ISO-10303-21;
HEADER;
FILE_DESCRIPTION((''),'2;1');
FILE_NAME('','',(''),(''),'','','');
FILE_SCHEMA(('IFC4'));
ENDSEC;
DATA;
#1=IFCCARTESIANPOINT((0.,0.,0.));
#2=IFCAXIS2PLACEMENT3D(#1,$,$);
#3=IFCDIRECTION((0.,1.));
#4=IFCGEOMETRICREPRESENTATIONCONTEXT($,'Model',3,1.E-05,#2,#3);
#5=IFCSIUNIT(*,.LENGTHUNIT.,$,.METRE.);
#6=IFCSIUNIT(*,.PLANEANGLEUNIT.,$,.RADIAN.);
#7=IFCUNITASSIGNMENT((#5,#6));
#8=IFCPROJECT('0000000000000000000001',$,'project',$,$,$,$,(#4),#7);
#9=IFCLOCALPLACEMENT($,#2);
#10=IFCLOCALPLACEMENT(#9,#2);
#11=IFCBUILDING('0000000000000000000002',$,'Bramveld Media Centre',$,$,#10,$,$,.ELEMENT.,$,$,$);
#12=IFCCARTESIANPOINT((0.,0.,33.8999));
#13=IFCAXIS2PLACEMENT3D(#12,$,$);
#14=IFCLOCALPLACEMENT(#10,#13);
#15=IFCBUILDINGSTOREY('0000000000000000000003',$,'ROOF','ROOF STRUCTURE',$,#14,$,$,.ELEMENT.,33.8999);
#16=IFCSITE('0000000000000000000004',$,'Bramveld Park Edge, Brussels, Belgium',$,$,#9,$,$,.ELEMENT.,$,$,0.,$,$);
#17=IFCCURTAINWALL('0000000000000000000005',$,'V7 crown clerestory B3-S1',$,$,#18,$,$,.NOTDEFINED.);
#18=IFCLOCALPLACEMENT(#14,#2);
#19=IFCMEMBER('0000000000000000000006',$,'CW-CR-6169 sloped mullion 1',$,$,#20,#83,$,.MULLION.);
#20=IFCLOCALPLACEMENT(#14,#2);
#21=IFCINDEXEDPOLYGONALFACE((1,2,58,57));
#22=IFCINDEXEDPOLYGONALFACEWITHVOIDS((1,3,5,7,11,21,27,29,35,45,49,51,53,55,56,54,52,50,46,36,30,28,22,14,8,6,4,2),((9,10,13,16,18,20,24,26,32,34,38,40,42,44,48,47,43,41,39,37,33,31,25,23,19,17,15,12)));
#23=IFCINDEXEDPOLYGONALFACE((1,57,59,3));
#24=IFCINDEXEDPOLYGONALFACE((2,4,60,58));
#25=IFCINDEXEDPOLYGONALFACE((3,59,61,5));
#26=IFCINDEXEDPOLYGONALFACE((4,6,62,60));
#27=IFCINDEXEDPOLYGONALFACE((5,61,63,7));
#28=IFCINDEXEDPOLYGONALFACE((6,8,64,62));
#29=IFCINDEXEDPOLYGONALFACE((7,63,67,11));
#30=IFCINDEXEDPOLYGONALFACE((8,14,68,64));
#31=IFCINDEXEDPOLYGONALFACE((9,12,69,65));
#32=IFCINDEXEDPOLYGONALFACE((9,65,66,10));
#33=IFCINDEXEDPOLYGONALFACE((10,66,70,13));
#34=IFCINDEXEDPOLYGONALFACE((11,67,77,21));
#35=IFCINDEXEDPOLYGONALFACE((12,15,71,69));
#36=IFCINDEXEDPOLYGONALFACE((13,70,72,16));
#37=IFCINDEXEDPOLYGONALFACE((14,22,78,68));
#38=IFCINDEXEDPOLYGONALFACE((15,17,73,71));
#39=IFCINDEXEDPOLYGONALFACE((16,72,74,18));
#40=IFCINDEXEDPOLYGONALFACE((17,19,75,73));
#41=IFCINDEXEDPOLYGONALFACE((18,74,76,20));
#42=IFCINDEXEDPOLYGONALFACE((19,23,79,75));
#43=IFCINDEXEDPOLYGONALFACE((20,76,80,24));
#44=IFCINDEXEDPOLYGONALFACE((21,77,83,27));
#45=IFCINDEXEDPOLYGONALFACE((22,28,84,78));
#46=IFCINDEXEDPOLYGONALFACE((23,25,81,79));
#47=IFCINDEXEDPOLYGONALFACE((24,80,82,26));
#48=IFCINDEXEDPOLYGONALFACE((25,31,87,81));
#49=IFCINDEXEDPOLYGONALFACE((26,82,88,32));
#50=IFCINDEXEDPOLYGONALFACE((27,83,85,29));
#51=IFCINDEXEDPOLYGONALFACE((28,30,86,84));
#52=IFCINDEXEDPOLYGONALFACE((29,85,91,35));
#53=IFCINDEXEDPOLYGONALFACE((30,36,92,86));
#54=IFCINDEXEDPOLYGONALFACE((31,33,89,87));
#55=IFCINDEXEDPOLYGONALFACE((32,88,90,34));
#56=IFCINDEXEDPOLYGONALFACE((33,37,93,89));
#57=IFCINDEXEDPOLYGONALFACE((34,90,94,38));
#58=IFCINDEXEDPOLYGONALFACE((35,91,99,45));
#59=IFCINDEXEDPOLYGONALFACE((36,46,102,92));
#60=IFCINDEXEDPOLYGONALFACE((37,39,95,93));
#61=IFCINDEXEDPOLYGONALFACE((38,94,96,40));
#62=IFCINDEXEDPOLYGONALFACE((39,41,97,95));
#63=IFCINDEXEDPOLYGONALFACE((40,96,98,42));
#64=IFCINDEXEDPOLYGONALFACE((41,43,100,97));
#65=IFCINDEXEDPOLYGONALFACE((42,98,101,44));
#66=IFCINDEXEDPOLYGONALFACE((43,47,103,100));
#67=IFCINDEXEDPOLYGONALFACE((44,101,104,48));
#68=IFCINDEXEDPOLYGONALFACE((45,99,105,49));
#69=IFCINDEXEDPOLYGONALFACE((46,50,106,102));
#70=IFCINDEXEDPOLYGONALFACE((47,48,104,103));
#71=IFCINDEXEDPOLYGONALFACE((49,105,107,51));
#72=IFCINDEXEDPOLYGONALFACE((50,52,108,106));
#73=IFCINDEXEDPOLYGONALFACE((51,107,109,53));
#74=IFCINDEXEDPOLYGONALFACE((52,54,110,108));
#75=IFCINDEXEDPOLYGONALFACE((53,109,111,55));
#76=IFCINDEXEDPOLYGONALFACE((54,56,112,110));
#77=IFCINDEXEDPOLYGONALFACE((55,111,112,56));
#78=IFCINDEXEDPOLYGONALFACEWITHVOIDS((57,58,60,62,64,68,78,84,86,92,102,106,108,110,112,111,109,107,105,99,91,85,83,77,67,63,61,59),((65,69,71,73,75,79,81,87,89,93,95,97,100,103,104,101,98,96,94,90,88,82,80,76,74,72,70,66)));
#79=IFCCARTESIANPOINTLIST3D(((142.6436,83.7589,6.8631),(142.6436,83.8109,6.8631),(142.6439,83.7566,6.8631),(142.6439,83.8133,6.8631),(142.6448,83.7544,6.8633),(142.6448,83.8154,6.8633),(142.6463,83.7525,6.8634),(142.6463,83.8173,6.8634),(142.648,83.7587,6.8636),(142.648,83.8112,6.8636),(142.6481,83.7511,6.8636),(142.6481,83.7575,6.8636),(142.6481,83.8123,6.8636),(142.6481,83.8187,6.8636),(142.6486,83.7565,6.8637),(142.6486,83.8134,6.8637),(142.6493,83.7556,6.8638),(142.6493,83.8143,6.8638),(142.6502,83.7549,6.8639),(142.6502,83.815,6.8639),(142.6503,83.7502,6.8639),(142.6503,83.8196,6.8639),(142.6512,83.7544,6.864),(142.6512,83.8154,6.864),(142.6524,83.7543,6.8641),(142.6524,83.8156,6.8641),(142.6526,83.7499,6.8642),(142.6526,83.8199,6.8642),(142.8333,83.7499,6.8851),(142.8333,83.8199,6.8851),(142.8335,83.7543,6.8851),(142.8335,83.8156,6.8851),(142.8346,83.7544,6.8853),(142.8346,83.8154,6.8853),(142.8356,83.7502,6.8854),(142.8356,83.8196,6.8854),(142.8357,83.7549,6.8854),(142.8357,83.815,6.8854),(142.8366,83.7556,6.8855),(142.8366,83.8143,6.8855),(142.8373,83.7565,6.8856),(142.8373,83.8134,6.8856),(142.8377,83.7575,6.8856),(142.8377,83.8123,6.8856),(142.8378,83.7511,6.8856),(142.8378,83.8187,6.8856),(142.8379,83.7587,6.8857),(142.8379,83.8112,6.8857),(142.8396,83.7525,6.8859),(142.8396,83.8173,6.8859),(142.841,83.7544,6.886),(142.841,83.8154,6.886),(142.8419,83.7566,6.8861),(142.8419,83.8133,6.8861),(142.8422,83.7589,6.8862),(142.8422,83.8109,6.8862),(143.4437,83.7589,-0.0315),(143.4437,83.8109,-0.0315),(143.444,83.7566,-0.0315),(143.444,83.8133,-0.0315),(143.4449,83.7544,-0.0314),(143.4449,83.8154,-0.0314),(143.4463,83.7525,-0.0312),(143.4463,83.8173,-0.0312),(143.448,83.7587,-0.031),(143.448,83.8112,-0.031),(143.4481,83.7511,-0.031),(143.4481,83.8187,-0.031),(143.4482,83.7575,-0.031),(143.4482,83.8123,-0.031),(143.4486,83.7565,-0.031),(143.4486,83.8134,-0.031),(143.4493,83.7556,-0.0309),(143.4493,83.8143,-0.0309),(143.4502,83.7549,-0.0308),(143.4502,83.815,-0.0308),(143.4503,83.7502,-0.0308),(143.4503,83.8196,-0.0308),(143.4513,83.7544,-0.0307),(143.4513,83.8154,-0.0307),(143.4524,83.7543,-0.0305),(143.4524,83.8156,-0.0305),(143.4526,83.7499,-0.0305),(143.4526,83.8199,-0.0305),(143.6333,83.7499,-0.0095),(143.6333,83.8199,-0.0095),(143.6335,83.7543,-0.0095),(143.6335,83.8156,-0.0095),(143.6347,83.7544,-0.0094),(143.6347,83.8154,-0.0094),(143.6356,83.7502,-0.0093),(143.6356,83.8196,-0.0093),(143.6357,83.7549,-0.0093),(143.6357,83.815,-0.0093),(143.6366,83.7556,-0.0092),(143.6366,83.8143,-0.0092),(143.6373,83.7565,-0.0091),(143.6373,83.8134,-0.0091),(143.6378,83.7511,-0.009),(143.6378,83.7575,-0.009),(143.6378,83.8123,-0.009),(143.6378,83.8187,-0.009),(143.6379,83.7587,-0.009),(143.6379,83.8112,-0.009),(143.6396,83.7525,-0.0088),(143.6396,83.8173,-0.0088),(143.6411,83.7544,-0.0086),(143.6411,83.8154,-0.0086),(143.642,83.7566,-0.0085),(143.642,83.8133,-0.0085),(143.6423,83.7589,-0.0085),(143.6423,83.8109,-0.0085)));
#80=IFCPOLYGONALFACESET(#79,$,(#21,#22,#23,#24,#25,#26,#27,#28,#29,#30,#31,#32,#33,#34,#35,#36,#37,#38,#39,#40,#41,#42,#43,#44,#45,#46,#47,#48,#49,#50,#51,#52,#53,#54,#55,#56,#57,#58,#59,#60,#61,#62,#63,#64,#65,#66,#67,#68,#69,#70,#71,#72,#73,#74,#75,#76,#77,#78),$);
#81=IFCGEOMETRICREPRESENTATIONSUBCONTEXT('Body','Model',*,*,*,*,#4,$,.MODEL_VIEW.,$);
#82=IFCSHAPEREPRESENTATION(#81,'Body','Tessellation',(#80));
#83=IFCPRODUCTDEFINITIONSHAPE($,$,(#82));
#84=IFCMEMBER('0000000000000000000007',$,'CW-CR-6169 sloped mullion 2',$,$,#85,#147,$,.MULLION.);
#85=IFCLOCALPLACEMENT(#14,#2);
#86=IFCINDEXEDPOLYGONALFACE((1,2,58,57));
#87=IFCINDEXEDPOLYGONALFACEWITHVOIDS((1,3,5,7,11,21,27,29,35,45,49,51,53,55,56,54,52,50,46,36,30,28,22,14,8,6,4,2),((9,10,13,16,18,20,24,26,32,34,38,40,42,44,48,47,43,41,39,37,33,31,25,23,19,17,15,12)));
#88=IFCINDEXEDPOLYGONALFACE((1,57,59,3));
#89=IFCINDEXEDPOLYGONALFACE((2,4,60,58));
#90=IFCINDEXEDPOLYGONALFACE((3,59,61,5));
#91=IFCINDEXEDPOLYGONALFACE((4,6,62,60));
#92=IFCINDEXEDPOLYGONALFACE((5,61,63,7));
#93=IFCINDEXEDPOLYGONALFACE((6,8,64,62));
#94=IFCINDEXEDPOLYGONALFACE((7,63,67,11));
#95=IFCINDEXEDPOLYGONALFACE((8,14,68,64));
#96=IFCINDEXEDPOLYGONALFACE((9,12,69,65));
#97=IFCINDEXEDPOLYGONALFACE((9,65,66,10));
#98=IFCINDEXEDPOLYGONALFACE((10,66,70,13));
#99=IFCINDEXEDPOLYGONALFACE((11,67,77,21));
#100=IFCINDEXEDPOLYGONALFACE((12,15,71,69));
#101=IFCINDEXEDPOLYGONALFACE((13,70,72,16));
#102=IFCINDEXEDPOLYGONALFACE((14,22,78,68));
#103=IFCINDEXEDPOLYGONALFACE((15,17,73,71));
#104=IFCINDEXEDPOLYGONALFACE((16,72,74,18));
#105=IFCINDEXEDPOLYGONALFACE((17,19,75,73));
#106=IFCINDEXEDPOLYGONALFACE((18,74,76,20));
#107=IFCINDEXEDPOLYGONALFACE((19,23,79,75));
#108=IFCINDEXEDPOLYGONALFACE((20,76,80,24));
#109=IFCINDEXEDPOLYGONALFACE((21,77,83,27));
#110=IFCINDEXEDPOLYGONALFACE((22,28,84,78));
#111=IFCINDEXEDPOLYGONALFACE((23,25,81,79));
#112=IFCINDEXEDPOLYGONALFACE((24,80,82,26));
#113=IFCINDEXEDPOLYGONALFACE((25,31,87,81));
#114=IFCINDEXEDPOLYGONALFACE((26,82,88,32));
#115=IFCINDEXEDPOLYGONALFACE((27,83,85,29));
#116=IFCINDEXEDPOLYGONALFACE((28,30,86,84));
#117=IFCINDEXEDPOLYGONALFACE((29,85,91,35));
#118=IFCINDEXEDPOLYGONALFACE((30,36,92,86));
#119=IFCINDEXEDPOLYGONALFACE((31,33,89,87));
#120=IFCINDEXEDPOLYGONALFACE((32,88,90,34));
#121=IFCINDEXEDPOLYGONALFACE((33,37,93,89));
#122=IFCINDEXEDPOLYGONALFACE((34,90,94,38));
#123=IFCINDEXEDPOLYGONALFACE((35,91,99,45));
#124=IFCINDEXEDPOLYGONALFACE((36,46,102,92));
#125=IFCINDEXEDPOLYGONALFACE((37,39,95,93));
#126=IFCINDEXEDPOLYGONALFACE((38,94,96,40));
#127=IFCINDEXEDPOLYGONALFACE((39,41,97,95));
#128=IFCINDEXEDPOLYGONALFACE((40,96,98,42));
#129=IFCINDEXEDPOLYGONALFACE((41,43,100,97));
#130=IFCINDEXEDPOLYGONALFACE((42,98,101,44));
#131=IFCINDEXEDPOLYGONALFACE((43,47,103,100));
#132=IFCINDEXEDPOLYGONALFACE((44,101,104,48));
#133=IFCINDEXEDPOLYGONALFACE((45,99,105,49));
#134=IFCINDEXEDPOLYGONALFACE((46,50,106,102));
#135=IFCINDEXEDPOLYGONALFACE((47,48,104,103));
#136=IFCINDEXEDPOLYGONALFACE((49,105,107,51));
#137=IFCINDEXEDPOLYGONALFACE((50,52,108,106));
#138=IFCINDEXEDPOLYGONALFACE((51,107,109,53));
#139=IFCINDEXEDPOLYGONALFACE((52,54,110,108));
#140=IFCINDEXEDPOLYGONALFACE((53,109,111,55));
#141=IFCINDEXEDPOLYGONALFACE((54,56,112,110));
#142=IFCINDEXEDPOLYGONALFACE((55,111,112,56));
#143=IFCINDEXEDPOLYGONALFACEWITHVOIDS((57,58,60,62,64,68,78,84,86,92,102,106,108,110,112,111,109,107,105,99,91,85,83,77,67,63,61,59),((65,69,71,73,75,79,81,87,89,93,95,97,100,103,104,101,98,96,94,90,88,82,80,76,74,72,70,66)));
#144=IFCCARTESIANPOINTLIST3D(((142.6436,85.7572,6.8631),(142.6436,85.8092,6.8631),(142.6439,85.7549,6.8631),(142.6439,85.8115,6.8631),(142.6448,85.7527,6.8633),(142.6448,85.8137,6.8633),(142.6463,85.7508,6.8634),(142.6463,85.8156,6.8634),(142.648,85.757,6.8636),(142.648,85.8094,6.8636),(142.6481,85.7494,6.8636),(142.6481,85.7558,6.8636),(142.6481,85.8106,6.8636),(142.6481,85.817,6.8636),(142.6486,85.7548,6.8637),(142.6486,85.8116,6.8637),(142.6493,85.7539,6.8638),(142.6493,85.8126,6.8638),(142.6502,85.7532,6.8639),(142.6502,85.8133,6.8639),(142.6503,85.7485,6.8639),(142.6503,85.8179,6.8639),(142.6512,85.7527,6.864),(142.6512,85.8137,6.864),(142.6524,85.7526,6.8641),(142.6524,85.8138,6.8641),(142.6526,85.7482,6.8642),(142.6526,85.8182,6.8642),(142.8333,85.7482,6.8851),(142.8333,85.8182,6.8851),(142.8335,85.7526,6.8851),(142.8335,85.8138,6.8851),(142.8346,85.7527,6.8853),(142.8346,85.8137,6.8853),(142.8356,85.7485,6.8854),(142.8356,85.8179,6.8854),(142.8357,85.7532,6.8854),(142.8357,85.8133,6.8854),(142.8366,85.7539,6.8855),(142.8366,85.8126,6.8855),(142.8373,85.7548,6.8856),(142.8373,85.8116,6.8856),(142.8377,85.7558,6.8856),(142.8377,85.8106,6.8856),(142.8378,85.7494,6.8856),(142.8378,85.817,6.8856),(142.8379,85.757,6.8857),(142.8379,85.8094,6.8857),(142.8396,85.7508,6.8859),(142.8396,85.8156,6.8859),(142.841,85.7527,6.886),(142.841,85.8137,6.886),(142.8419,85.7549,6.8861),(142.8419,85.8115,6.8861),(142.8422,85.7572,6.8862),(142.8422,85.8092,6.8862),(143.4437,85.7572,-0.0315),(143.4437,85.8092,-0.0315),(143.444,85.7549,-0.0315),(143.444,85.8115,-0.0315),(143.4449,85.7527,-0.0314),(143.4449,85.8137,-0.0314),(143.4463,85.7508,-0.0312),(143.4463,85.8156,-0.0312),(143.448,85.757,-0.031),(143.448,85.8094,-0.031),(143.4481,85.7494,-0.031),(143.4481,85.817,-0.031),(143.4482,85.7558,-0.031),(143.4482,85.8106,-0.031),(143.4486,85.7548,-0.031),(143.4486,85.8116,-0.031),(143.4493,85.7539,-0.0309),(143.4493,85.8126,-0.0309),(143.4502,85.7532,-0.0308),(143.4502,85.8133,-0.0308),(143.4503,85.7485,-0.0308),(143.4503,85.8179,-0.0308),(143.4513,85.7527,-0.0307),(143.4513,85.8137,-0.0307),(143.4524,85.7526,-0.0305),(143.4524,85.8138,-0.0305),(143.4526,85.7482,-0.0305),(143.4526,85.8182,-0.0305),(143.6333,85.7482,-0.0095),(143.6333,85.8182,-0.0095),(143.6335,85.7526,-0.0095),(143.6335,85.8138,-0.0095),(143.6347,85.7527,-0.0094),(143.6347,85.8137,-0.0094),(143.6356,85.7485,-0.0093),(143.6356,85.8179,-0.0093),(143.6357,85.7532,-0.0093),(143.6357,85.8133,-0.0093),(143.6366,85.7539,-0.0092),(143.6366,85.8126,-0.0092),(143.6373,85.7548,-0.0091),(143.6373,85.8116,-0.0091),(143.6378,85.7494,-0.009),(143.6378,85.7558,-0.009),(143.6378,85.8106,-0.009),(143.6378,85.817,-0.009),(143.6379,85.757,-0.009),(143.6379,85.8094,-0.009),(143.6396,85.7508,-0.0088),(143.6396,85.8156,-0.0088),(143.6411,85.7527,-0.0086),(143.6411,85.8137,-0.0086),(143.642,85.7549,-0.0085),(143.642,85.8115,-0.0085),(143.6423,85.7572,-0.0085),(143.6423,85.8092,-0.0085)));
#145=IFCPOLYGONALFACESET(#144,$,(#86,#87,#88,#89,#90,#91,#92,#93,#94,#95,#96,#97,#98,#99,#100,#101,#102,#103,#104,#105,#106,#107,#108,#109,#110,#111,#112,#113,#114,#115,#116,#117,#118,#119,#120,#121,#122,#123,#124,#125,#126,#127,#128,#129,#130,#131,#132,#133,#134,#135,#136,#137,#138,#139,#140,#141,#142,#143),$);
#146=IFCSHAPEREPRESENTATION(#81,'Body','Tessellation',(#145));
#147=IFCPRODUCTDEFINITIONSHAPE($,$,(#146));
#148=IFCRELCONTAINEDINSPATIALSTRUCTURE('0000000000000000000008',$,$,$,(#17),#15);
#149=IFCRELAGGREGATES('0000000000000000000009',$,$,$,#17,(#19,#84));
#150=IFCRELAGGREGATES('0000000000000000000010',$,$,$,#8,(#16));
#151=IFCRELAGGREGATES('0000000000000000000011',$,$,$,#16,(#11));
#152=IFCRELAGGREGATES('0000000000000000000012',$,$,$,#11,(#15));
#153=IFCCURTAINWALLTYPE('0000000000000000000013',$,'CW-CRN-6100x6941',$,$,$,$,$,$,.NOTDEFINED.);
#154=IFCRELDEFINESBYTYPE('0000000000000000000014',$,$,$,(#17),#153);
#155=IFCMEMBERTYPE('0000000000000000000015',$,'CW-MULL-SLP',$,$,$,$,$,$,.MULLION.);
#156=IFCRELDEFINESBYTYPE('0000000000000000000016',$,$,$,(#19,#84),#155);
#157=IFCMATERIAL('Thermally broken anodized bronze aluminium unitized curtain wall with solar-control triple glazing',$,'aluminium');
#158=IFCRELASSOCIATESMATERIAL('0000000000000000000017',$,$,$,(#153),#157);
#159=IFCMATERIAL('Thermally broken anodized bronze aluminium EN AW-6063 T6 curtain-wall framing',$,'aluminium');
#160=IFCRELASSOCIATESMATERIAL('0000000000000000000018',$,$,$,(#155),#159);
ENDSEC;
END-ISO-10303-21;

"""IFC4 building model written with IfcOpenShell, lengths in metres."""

from ifc_helpers import new_model, si_unit, direction, frame, origin, origin_2d, place, context, subcontext, project, spatial, hollow_rectangle, extrude, material, material_profile, profile_set, type_object, element, aggregate, save


model = new_model("IFC4")

# Units and contexts
model_context = context("Model", 3, precision=1e-05, world=origin(), true_north=direction((0.0, 1.0)))
body_context = subcontext(model_context, "Body", "Model", "MODEL_VIEW")
ifc_project = project(units=[si_unit("LENGTHUNIT", "METRE"), si_unit("PLANEANGLEUNIT", "RADIAN")], contexts=[model_context])

# Site, building, storey
site_placement = place(None, origin())
site = spatial("IfcSite", under=ifc_project, at=site_placement, Name="Bramveld Park Edge, Brussels, Belgium", CompositionType="ELEMENT", RefElevation=0.0)
building_placement = place(site_placement, origin())
building = spatial("IfcBuilding", under=site, at=building_placement, Name="Bramveld Media Centre", CompositionType="ELEMENT")
storey_placement = place(building_placement, frame((0.0, 0.0, 33.8999)))
storey = spatial("IfcBuildingStorey", under=building, at=storey_placement, Name="ROOF", Description="ROOF STRUCTURE", CompositionType="ELEMENT", Elevation=33.8999)

# Curtain wall, members
ifc_material_1 = material(Name="Thermally broken anodized bronze aluminium unitized curtain wall with solar-control triple glazing", Category="aluminium")
curtain_wall_type = type_object("IfcCurtainWallType", Name="CW-CRN-6100x6941", PredefinedType="NOTDEFINED", material=ifc_material_1)
curtain_wall_1_placement = place(storey_placement, origin())
curtain_wall_1 = element("IfcCurtainWall", 1, at=curtain_wall_1_placement, inside=storey, type_object=curtain_wall_type, Name="V7 crown clerestory B3-S1", PredefinedType="NOTDEFINED")
ifc_material_2 = material(Name="Thermally broken anodized bronze aluminium EN AW-6063 T6 curtain-wall framing", Category="aluminium")
ifc_material_profile_1 = material_profile(ifc_material_2, hollow_rectangle(XDim=0.0701, YDim=0.2, WallThickness=0.0044, InnerFilletRadius=0.0044, OuterFilletRadius=0.009, at=origin_2d()), Name="AL-MULL 70x200")
ifc_profile_set_1 = profile_set([ifc_material_profile_1], Name="Thermally broken anodized bronze aluminium EN AW-6063 T6 curtain-wall framing")
member_type_1 = type_object("IfcMemberType", Name="CW-MULL-SLP", PredefinedType="MULLION", material=ifc_profile_set_1)
member_1_placement = place(storey_placement, frame((143.543, 83.7849, -0.02), z_axis=(-0.115264, 0.0, 0.993335), x_axis=(0.0, -1.0, 0.0)))
member_1 = element("IfcMember", 2, at=member_1_placement, type_object=member_type_1, Name="CW-CR-6169 sloped mullion 1", PredefinedType="MULLION", context=body_context, shape_type="SweptSolid", body=[
    extrude(hollow_rectangle(XDim=0.0701, YDim=0.2, WallThickness=0.0044, InnerFilletRadius=0.0044, OuterFilletRadius=0.009, at=origin_2d()), origin(), (0.0, 0.0, 1.0), 6.9409),
])
member_2_placement = place(storey_placement, frame((143.543, 85.7832, -0.02), z_axis=(-0.115264, 0.0, 0.993335), x_axis=(0.0, -1.0, 0.0)))
member_2 = element("IfcMember", 3, at=member_2_placement, type_object=member_type_1, Name="CW-CR-6169 sloped mullion 2", PredefinedType="MULLION", context=body_context, shape_type="SweptSolid", body=[
    extrude(hollow_rectangle(XDim=0.0701, YDim=0.2, WallThickness=0.0044, InnerFilletRadius=0.0044, OuterFilletRadius=0.009, at=origin_2d()), origin(), (0.0, 0.0, 1.0), 6.9409),
])

aggregate(curtain_wall_1, [member_1, member_2])

save(model, "model.ifc")
